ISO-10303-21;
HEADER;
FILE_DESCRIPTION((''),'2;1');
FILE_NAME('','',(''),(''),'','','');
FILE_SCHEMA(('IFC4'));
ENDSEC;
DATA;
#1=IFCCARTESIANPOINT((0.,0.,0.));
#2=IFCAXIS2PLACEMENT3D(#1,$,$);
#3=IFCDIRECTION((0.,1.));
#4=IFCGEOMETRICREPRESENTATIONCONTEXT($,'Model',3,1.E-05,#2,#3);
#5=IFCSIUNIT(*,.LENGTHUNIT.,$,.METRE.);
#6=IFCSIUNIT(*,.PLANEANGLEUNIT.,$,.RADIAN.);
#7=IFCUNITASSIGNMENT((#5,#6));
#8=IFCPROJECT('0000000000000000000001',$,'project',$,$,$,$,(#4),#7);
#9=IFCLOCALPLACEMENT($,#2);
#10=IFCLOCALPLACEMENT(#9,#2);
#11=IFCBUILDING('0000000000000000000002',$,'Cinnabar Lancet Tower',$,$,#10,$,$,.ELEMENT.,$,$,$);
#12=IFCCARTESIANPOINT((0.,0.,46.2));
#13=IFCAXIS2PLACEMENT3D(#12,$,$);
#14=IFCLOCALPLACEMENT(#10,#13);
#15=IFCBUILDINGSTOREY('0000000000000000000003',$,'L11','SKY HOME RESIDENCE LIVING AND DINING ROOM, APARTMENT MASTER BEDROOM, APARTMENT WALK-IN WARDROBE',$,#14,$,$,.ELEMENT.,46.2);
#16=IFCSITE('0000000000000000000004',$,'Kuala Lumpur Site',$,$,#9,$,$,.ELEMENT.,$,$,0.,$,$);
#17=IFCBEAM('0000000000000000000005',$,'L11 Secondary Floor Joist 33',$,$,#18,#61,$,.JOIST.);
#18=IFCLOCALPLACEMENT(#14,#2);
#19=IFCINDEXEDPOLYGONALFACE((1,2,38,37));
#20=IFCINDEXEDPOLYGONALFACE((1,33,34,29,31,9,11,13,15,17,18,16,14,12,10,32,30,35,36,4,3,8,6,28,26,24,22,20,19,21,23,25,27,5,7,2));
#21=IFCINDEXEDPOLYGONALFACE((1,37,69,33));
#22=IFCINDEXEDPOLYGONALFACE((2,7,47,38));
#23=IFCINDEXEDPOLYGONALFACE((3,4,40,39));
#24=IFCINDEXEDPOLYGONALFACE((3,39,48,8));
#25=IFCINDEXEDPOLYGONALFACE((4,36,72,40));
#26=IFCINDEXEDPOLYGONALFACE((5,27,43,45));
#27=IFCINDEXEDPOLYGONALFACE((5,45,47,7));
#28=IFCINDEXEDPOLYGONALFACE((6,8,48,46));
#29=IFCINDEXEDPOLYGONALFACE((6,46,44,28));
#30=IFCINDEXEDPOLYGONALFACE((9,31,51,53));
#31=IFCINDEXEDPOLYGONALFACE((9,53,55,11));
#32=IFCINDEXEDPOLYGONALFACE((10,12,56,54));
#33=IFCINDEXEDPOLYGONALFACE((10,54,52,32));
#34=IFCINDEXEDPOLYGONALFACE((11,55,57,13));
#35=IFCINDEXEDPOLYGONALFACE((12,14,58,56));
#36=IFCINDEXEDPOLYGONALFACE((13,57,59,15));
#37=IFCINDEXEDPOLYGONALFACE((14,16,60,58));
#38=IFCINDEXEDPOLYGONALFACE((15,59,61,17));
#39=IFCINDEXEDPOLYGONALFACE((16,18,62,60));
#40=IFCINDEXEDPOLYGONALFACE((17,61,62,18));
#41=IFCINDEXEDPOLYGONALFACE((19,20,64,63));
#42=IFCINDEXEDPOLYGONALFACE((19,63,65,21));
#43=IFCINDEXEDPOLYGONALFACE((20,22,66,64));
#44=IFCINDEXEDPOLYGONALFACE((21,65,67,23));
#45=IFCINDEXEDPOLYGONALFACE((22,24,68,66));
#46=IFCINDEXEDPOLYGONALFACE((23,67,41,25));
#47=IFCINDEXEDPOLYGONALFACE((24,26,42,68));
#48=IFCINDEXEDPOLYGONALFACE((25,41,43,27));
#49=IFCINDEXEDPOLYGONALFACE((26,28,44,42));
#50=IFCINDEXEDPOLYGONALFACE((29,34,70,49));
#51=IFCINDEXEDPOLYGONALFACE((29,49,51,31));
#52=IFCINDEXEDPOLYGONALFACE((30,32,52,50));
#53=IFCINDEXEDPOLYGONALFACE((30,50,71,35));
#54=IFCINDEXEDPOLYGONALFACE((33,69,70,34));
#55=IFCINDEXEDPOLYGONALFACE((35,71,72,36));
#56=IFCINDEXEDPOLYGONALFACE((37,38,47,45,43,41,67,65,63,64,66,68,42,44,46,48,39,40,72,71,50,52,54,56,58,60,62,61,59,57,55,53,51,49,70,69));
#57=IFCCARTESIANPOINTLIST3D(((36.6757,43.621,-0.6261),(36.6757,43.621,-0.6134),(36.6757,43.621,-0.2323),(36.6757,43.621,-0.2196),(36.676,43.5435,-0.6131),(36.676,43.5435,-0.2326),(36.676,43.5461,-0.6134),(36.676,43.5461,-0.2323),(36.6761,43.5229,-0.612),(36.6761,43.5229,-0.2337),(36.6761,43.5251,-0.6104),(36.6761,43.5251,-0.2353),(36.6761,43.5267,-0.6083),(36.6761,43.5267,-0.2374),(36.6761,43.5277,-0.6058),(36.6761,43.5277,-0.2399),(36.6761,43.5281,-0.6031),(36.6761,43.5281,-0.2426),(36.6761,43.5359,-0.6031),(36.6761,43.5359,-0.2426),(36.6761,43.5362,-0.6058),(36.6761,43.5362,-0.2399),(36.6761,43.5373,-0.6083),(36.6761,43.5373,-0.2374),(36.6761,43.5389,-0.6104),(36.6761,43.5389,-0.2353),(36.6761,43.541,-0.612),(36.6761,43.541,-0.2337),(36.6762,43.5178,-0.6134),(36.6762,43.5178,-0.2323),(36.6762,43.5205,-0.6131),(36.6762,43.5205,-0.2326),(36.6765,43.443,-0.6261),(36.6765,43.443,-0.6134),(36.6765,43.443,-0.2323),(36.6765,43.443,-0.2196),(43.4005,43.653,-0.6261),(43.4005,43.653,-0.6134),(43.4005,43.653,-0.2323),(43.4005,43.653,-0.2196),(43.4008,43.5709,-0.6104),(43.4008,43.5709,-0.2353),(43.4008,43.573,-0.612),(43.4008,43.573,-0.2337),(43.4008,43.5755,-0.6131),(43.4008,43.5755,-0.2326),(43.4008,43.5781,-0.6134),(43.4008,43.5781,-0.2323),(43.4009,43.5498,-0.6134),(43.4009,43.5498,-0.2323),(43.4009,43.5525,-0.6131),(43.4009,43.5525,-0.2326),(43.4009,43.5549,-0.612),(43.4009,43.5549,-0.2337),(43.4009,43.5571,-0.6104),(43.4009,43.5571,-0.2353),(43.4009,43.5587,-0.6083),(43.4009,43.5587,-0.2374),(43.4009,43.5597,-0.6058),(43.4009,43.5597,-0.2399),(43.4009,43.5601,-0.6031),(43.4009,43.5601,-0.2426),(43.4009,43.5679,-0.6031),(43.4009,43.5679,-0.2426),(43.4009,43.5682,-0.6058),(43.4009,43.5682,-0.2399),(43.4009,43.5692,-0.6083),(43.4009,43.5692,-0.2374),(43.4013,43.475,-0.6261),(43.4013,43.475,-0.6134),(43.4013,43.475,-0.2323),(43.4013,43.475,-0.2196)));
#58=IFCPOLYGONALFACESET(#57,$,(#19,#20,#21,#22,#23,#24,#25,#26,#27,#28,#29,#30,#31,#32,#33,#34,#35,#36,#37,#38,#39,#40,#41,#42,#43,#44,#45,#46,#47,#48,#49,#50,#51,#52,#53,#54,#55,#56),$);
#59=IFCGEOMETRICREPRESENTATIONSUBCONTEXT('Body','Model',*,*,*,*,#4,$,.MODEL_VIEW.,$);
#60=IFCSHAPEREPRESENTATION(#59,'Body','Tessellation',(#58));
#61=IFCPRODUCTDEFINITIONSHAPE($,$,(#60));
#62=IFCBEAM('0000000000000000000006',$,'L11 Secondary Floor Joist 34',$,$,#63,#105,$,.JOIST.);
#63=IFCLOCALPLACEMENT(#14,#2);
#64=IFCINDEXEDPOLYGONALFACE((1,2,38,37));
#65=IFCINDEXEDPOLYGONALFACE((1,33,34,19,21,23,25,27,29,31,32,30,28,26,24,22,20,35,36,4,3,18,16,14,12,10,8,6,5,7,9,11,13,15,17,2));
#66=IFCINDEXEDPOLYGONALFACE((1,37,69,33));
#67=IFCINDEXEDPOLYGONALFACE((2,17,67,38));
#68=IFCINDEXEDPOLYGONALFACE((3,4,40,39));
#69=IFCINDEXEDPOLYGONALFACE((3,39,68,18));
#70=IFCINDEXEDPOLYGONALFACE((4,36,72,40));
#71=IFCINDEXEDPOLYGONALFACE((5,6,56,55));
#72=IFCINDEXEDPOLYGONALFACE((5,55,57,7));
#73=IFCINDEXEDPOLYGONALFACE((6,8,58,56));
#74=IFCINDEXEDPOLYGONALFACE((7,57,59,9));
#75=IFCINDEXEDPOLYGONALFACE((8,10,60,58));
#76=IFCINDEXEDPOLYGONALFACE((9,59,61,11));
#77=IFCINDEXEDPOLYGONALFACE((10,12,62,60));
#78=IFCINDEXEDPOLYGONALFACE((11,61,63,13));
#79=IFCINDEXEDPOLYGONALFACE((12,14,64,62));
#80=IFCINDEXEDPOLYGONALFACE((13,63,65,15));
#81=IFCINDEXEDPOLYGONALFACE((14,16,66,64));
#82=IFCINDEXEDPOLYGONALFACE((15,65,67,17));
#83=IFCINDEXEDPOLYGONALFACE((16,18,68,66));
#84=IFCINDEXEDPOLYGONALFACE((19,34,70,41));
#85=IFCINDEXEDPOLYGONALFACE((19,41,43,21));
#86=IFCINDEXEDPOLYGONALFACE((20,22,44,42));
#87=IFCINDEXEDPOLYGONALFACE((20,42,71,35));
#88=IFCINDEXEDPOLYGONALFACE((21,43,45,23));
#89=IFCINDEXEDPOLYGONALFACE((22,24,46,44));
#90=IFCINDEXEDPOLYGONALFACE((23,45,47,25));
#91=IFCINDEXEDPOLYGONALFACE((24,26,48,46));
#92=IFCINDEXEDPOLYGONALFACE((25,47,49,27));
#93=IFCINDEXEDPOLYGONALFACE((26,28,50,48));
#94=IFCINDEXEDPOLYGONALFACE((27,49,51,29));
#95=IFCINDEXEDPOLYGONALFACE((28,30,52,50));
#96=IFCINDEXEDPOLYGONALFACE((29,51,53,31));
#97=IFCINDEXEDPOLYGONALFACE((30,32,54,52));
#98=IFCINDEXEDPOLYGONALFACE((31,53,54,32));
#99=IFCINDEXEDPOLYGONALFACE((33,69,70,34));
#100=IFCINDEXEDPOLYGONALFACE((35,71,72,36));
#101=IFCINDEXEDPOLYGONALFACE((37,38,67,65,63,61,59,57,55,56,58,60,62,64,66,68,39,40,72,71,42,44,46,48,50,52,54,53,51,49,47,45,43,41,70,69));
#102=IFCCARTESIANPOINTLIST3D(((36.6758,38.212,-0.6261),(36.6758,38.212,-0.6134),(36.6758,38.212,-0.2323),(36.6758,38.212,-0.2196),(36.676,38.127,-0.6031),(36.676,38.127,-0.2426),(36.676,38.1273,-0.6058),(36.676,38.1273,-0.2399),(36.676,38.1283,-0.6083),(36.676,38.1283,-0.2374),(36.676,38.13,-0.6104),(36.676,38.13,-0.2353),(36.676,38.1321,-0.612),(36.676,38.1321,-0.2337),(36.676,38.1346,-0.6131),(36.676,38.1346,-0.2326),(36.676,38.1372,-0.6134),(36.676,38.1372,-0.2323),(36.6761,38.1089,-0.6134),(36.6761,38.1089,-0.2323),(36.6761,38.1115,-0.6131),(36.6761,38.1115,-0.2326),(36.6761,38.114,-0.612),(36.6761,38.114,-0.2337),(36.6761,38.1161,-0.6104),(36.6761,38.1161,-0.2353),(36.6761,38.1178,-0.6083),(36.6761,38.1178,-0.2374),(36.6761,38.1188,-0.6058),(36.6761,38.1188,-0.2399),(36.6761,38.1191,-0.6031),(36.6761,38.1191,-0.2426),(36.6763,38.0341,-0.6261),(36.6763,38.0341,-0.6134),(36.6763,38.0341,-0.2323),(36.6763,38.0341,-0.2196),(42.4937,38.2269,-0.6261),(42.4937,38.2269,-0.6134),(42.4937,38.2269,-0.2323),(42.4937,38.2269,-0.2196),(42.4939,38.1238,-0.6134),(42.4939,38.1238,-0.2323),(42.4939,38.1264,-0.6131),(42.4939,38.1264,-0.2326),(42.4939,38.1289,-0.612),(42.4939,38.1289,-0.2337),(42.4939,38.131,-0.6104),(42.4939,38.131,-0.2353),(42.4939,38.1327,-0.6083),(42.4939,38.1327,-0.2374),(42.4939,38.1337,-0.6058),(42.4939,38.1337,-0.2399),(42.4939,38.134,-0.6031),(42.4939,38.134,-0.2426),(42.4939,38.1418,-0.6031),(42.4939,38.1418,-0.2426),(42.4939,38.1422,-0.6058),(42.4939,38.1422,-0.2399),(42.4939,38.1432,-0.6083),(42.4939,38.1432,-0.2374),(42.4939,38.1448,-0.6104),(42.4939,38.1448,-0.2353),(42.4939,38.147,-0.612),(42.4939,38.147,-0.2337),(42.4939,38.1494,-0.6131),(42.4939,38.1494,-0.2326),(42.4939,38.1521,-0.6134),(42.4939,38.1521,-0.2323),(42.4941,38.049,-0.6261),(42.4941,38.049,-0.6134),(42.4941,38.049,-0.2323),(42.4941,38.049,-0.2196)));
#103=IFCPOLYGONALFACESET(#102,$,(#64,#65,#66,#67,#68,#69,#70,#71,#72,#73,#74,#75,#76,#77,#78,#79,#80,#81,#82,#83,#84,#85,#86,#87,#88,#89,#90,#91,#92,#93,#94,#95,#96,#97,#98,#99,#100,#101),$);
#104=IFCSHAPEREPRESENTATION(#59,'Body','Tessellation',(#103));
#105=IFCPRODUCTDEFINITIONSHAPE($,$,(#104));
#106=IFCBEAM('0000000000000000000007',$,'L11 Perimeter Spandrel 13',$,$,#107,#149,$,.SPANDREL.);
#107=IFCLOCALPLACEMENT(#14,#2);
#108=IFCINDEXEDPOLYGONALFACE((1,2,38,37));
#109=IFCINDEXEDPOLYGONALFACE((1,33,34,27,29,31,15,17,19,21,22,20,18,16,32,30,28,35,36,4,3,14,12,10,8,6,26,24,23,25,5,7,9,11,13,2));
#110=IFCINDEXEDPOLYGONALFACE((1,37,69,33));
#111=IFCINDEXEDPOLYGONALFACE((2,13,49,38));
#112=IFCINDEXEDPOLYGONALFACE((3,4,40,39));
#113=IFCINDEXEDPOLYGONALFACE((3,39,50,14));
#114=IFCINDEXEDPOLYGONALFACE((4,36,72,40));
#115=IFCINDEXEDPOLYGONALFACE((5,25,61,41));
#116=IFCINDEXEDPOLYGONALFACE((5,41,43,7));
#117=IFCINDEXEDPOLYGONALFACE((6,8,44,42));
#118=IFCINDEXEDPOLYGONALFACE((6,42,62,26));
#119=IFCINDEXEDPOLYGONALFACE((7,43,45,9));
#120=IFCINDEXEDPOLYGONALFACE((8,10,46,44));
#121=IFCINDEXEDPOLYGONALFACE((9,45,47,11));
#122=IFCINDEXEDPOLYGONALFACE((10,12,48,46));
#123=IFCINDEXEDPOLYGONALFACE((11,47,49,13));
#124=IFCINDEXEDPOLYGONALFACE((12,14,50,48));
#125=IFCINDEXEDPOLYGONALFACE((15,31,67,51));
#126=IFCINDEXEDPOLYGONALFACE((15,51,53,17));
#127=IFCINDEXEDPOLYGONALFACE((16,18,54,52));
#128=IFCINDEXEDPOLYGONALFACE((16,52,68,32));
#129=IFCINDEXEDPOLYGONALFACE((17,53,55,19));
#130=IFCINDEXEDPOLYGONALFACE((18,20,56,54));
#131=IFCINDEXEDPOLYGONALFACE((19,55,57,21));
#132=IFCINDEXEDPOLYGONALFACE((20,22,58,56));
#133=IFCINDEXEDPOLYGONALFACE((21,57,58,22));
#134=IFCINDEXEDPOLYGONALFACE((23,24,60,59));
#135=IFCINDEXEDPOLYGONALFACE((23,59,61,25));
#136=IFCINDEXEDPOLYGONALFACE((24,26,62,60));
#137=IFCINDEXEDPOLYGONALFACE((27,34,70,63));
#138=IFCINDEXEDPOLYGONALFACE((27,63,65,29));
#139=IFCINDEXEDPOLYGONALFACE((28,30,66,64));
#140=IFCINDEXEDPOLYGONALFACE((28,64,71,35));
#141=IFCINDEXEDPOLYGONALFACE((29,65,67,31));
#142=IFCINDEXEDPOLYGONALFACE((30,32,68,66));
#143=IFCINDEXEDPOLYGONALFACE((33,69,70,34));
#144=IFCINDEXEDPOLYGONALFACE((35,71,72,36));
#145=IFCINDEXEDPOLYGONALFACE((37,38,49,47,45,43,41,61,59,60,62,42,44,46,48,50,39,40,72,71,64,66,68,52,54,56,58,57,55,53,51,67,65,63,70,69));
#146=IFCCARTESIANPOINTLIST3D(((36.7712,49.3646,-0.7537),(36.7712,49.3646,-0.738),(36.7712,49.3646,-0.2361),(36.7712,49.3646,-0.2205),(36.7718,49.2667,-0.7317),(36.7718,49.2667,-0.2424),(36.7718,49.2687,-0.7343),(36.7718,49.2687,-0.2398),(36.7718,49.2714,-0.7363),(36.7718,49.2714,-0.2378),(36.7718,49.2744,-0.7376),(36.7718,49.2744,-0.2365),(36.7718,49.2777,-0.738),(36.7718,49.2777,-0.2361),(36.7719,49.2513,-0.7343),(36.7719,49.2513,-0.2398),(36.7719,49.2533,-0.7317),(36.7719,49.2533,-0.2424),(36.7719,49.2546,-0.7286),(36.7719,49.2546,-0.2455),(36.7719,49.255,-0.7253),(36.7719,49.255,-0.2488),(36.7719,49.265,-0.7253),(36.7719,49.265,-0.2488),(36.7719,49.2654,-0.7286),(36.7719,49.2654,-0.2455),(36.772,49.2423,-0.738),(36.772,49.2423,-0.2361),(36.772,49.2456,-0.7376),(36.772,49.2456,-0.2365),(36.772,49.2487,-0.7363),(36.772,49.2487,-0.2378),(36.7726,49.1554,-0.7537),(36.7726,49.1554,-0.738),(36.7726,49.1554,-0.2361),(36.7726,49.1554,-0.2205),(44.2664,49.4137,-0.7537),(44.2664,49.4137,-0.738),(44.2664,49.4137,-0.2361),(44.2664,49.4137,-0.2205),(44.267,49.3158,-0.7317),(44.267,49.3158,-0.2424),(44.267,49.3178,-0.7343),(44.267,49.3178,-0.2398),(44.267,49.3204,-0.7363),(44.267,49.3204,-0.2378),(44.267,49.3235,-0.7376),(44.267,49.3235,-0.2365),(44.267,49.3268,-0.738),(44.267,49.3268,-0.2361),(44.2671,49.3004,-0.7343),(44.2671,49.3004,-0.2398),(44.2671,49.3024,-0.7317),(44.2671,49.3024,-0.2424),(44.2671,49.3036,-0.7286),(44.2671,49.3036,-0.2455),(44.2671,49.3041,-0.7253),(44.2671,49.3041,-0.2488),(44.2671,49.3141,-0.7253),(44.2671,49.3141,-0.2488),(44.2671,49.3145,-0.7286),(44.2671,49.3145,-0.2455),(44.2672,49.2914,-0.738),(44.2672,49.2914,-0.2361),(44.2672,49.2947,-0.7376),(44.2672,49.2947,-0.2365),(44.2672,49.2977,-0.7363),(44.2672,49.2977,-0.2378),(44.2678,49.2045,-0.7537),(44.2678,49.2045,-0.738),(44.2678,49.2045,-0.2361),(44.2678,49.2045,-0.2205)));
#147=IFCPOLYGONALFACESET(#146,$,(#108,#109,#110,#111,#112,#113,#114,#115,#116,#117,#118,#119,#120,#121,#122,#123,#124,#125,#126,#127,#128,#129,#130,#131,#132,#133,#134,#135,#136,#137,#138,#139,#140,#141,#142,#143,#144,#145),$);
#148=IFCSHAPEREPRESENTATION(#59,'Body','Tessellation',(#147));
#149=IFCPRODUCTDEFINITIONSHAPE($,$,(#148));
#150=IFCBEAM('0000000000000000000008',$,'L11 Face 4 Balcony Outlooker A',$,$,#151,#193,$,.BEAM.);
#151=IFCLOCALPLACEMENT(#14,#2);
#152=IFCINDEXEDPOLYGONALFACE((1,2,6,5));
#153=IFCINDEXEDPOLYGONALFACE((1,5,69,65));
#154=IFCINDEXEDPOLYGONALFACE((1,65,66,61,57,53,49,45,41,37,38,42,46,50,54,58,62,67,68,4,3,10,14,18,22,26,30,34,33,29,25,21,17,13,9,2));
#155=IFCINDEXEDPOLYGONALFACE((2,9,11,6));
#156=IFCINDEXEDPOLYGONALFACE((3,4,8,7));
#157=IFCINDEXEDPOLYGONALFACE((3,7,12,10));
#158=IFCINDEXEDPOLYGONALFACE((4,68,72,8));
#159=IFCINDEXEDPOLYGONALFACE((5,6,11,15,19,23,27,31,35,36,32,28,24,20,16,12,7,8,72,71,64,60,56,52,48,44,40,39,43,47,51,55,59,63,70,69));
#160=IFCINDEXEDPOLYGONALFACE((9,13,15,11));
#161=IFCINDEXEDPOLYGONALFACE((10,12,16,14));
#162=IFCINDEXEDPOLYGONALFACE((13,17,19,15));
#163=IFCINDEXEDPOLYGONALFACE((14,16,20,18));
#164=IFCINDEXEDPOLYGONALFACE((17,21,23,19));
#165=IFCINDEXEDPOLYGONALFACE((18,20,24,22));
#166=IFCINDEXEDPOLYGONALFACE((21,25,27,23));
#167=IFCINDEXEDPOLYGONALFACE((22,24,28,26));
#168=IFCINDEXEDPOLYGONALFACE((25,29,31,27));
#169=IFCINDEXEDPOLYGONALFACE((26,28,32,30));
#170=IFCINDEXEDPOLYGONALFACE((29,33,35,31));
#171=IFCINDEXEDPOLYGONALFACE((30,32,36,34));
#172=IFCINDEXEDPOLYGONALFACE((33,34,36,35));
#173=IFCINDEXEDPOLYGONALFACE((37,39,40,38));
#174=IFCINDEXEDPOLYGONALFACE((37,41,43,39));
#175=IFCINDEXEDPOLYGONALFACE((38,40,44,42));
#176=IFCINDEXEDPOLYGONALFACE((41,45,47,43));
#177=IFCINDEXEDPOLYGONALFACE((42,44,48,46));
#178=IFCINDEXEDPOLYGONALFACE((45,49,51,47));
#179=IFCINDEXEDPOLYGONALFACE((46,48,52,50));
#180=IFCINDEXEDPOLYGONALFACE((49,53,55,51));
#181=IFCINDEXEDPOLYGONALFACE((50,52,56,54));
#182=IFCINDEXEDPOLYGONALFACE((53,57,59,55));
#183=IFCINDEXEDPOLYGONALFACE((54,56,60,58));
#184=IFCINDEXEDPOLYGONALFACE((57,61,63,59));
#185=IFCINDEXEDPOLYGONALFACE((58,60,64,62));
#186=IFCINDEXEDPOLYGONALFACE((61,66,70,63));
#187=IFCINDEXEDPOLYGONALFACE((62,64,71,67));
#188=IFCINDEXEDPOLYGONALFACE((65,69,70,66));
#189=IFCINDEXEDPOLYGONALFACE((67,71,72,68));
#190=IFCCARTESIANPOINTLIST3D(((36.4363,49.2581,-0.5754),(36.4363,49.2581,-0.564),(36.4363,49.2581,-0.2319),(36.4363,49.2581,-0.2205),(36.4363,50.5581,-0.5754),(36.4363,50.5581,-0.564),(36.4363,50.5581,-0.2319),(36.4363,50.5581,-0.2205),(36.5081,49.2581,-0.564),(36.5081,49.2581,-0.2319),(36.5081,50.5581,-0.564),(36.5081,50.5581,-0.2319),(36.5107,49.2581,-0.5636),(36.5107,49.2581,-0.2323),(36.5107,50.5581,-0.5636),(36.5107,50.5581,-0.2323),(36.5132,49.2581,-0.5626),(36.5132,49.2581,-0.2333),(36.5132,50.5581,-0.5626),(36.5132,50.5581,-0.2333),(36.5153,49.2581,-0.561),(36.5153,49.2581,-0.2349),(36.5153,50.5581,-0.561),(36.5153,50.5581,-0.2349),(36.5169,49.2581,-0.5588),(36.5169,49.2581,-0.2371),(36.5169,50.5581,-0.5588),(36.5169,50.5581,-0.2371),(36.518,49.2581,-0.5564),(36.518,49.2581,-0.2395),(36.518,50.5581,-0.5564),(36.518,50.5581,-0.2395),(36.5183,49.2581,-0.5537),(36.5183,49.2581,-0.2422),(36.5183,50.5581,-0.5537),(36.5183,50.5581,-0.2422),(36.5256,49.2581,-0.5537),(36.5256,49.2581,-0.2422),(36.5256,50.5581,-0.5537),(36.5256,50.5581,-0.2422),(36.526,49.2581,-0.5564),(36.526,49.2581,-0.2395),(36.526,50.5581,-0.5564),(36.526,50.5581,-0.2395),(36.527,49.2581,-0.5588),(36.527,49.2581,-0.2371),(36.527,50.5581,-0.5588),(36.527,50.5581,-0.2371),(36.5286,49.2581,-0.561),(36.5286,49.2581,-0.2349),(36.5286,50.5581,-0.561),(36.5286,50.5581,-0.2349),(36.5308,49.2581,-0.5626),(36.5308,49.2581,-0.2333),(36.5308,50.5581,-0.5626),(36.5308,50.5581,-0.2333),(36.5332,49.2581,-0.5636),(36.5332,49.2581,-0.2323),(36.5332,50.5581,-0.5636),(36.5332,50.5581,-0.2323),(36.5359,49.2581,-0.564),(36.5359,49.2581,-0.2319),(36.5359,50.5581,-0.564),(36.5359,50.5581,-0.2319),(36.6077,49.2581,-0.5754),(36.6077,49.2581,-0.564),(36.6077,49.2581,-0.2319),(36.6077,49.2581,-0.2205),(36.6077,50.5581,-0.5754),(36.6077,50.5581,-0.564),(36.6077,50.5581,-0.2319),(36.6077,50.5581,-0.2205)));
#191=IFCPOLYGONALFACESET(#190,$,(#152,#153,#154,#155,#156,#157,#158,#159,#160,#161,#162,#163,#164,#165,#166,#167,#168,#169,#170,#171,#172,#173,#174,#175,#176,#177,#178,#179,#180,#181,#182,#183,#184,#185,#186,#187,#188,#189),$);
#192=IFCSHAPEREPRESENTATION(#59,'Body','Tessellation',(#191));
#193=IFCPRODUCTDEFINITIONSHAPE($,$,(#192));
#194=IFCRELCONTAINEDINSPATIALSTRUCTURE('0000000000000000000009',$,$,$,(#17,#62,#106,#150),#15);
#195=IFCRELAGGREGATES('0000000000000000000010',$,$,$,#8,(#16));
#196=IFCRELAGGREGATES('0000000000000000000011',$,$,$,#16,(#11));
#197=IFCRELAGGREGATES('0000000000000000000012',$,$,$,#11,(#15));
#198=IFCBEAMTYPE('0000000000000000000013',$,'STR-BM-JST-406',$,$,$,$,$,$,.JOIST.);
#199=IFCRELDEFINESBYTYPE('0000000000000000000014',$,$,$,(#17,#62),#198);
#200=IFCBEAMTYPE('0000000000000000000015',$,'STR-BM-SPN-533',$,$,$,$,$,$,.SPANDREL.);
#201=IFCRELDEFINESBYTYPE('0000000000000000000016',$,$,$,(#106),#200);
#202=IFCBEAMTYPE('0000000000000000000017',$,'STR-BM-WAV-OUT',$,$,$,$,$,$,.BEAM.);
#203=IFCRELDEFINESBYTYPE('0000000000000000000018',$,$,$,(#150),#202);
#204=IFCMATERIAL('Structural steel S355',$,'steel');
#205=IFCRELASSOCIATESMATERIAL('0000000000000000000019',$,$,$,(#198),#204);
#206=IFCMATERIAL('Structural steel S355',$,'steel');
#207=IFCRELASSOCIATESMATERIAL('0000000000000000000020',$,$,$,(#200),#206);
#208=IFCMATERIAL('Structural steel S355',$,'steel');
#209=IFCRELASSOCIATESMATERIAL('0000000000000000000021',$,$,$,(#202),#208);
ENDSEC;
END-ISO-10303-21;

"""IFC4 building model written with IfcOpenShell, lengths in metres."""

from ifc_helpers import new_model, si_unit, direction, frame, origin, origin_2d, place, context, subcontext, project, spatial, i_section, extrude, material, material_profile, profile_set, type_object, element, save


model = new_model("IFC4")

# Units and contexts
model_context = context("Model", 3, precision=1e-05, world=origin(), true_north=direction((0.0, 1.0)))
body_context = subcontext(model_context, "Body", "Model", "MODEL_VIEW")
ifc_project = project(units=[si_unit("LENGTHUNIT", "METRE"), si_unit("PLANEANGLEUNIT", "RADIAN")], contexts=[model_context])

# Site, building, storey
site_placement = place(None, origin())
site = spatial("IfcSite", under=ifc_project, at=site_placement, Name="Kuala Lumpur Site", CompositionType="ELEMENT", RefElevation=0.0)
building_placement = place(site_placement, origin())
building = spatial("IfcBuilding", under=site, at=building_placement, Name="Cinnabar Lancet Tower", CompositionType="ELEMENT")
storey_placement = place(building_placement, frame((0.0, 0.0, 46.2)))
storey = spatial("IfcBuildingStorey", under=building, at=storey_placement, Name="L11", Description="SKY HOME RESIDENCE LIVING AND DINING ROOM, APARTMENT MASTER BEDROOM, APARTMENT WALK-IN WARDROBE", CompositionType="ELEMENT", Elevation=46.2)

# Beams
ifc_material_1 = material(Name="Structural steel S355", Category="steel")
ifc_material_profile_1 = material_profile(ifc_material_1, i_section(OverallWidth=0.178, OverallDepth=0.4065, WebThickness=0.0078, FlangeThickness=0.0127, FilletRadius=0.0103, at=origin_2d()), Name="UKB 406x178x60")
ifc_profile_set_1 = profile_set([ifc_material_profile_1], Name="Structural steel S355")
beam_type_1 = type_object("IfcBeamType", Name="STR-BM-JST-406", PredefinedType="JOIST", material=ifc_profile_set_1)
beam_1_placement = place(storey_placement, frame((43.4009, 43.564, -0.4229), z_axis=(-0.999989, -0.004756, 0.0), x_axis=(0.004756, -0.999989, 0.0)))
element("IfcBeam", 1, at=beam_1_placement, inside=storey, type_object=beam_type_1, Name="L11 Secondary Floor Joist 33", PredefinedType="JOIST", context=body_context, shape_type="SweptSolid", body=[
    extrude(i_section(OverallWidth=0.178, OverallDepth=0.4065, WebThickness=0.0078, FlangeThickness=0.0127, FilletRadius=0.0103, at=origin_2d()), origin(), (0.0, 0.0, 1.0), 6.7249),
])
beam_2_placement = place(storey_placement, frame((42.4939, 38.1379, -0.4229), z_axis=(-0.999997, -0.00256, 0.0), x_axis=(0.00256, -0.999997, 0.0)))
element("IfcBeam", 2, at=beam_2_placement, inside=storey, type_object=beam_type_1, Name="L11 Secondary Floor Joist 34", PredefinedType="JOIST", context=body_context, shape_type="SweptSolid", body=[
    extrude(i_section(OverallWidth=0.178, OverallDepth=0.4065, WebThickness=0.0078, FlangeThickness=0.0127, FilletRadius=0.0103, at=origin_2d()), origin(), (0.0, 0.0, 1.0), 5.8179),
])
ifc_material_2 = material(Name="Structural steel S355", Category="steel")
ifc_material_profile_2 = material_profile(ifc_material_2, i_section(OverallWidth=0.2092, OverallDepth=0.5332, WebThickness=0.01, FlangeThickness=0.0156, FilletRadius=0.0127, at=origin_2d()), Name="UKB 533x210x92")
ifc_profile_set_2 = profile_set([ifc_material_profile_2], Name="Structural steel S355")
beam_type_2 = type_object("IfcBeamType", Name="STR-BM-SPN-533", PredefinedType="SPANDREL", material=ifc_profile_set_2)
beam_3_placement = place(storey_placement, frame((44.2671, 49.3091, -0.4871), z_axis=(-0.999979, -0.006547, 0.0), x_axis=(0.006547, -0.999979, 0.0)))
element("IfcBeam", 3, at=beam_3_placement, inside=storey, type_object=beam_type_2, Name="L11 Perimeter Spandrel 13", PredefinedType="SPANDREL", context=body_context, shape_type="SweptSolid", body=[
    extrude(i_section(OverallWidth=0.2092, OverallDepth=0.5332, WebThickness=0.01, FlangeThickness=0.0156, FilletRadius=0.0127, at=origin_2d()), origin(), (0.0, 0.0, 1.0), 7.4954),
])
ifc_material_3 = material(Name="Structural steel S355", Category="steel")
ifc_material_profile_3 = material_profile(ifc_material_3, i_section(OverallWidth=0.1714, OverallDepth=0.355, WebThickness=0.0073, FlangeThickness=0.0115, FilletRadius=0.0103, at=origin_2d()), Name="UKB 356x171x51")
ifc_profile_set_3 = profile_set([ifc_material_profile_3], Name="Structural steel S355")
beam_type_3 = type_object("IfcBeamType", Name="STR-BM-WAV-OUT", PredefinedType="BEAM", material=ifc_profile_set_3)
beam_4_placement = place(storey_placement, frame((36.522, 49.2581, -0.3979), z_axis=(0.0, 1.0, 0.0), x_axis=(-1.0, 0.0, 0.0)))
element("IfcBeam", 4, at=beam_4_placement, inside=storey, type_object=beam_type_3, Name="L11 Face 4 Balcony Outlooker A", PredefinedType="BEAM", context=body_context, shape_type="SweptSolid", body=[
    extrude(i_section(OverallWidth=0.1714, OverallDepth=0.355, WebThickness=0.0073, FlangeThickness=0.0115, FilletRadius=0.0103, at=origin_2d()), origin(), (0.0, 0.0, 1.0), 1.3),
])

save(model, "model.ifc")
